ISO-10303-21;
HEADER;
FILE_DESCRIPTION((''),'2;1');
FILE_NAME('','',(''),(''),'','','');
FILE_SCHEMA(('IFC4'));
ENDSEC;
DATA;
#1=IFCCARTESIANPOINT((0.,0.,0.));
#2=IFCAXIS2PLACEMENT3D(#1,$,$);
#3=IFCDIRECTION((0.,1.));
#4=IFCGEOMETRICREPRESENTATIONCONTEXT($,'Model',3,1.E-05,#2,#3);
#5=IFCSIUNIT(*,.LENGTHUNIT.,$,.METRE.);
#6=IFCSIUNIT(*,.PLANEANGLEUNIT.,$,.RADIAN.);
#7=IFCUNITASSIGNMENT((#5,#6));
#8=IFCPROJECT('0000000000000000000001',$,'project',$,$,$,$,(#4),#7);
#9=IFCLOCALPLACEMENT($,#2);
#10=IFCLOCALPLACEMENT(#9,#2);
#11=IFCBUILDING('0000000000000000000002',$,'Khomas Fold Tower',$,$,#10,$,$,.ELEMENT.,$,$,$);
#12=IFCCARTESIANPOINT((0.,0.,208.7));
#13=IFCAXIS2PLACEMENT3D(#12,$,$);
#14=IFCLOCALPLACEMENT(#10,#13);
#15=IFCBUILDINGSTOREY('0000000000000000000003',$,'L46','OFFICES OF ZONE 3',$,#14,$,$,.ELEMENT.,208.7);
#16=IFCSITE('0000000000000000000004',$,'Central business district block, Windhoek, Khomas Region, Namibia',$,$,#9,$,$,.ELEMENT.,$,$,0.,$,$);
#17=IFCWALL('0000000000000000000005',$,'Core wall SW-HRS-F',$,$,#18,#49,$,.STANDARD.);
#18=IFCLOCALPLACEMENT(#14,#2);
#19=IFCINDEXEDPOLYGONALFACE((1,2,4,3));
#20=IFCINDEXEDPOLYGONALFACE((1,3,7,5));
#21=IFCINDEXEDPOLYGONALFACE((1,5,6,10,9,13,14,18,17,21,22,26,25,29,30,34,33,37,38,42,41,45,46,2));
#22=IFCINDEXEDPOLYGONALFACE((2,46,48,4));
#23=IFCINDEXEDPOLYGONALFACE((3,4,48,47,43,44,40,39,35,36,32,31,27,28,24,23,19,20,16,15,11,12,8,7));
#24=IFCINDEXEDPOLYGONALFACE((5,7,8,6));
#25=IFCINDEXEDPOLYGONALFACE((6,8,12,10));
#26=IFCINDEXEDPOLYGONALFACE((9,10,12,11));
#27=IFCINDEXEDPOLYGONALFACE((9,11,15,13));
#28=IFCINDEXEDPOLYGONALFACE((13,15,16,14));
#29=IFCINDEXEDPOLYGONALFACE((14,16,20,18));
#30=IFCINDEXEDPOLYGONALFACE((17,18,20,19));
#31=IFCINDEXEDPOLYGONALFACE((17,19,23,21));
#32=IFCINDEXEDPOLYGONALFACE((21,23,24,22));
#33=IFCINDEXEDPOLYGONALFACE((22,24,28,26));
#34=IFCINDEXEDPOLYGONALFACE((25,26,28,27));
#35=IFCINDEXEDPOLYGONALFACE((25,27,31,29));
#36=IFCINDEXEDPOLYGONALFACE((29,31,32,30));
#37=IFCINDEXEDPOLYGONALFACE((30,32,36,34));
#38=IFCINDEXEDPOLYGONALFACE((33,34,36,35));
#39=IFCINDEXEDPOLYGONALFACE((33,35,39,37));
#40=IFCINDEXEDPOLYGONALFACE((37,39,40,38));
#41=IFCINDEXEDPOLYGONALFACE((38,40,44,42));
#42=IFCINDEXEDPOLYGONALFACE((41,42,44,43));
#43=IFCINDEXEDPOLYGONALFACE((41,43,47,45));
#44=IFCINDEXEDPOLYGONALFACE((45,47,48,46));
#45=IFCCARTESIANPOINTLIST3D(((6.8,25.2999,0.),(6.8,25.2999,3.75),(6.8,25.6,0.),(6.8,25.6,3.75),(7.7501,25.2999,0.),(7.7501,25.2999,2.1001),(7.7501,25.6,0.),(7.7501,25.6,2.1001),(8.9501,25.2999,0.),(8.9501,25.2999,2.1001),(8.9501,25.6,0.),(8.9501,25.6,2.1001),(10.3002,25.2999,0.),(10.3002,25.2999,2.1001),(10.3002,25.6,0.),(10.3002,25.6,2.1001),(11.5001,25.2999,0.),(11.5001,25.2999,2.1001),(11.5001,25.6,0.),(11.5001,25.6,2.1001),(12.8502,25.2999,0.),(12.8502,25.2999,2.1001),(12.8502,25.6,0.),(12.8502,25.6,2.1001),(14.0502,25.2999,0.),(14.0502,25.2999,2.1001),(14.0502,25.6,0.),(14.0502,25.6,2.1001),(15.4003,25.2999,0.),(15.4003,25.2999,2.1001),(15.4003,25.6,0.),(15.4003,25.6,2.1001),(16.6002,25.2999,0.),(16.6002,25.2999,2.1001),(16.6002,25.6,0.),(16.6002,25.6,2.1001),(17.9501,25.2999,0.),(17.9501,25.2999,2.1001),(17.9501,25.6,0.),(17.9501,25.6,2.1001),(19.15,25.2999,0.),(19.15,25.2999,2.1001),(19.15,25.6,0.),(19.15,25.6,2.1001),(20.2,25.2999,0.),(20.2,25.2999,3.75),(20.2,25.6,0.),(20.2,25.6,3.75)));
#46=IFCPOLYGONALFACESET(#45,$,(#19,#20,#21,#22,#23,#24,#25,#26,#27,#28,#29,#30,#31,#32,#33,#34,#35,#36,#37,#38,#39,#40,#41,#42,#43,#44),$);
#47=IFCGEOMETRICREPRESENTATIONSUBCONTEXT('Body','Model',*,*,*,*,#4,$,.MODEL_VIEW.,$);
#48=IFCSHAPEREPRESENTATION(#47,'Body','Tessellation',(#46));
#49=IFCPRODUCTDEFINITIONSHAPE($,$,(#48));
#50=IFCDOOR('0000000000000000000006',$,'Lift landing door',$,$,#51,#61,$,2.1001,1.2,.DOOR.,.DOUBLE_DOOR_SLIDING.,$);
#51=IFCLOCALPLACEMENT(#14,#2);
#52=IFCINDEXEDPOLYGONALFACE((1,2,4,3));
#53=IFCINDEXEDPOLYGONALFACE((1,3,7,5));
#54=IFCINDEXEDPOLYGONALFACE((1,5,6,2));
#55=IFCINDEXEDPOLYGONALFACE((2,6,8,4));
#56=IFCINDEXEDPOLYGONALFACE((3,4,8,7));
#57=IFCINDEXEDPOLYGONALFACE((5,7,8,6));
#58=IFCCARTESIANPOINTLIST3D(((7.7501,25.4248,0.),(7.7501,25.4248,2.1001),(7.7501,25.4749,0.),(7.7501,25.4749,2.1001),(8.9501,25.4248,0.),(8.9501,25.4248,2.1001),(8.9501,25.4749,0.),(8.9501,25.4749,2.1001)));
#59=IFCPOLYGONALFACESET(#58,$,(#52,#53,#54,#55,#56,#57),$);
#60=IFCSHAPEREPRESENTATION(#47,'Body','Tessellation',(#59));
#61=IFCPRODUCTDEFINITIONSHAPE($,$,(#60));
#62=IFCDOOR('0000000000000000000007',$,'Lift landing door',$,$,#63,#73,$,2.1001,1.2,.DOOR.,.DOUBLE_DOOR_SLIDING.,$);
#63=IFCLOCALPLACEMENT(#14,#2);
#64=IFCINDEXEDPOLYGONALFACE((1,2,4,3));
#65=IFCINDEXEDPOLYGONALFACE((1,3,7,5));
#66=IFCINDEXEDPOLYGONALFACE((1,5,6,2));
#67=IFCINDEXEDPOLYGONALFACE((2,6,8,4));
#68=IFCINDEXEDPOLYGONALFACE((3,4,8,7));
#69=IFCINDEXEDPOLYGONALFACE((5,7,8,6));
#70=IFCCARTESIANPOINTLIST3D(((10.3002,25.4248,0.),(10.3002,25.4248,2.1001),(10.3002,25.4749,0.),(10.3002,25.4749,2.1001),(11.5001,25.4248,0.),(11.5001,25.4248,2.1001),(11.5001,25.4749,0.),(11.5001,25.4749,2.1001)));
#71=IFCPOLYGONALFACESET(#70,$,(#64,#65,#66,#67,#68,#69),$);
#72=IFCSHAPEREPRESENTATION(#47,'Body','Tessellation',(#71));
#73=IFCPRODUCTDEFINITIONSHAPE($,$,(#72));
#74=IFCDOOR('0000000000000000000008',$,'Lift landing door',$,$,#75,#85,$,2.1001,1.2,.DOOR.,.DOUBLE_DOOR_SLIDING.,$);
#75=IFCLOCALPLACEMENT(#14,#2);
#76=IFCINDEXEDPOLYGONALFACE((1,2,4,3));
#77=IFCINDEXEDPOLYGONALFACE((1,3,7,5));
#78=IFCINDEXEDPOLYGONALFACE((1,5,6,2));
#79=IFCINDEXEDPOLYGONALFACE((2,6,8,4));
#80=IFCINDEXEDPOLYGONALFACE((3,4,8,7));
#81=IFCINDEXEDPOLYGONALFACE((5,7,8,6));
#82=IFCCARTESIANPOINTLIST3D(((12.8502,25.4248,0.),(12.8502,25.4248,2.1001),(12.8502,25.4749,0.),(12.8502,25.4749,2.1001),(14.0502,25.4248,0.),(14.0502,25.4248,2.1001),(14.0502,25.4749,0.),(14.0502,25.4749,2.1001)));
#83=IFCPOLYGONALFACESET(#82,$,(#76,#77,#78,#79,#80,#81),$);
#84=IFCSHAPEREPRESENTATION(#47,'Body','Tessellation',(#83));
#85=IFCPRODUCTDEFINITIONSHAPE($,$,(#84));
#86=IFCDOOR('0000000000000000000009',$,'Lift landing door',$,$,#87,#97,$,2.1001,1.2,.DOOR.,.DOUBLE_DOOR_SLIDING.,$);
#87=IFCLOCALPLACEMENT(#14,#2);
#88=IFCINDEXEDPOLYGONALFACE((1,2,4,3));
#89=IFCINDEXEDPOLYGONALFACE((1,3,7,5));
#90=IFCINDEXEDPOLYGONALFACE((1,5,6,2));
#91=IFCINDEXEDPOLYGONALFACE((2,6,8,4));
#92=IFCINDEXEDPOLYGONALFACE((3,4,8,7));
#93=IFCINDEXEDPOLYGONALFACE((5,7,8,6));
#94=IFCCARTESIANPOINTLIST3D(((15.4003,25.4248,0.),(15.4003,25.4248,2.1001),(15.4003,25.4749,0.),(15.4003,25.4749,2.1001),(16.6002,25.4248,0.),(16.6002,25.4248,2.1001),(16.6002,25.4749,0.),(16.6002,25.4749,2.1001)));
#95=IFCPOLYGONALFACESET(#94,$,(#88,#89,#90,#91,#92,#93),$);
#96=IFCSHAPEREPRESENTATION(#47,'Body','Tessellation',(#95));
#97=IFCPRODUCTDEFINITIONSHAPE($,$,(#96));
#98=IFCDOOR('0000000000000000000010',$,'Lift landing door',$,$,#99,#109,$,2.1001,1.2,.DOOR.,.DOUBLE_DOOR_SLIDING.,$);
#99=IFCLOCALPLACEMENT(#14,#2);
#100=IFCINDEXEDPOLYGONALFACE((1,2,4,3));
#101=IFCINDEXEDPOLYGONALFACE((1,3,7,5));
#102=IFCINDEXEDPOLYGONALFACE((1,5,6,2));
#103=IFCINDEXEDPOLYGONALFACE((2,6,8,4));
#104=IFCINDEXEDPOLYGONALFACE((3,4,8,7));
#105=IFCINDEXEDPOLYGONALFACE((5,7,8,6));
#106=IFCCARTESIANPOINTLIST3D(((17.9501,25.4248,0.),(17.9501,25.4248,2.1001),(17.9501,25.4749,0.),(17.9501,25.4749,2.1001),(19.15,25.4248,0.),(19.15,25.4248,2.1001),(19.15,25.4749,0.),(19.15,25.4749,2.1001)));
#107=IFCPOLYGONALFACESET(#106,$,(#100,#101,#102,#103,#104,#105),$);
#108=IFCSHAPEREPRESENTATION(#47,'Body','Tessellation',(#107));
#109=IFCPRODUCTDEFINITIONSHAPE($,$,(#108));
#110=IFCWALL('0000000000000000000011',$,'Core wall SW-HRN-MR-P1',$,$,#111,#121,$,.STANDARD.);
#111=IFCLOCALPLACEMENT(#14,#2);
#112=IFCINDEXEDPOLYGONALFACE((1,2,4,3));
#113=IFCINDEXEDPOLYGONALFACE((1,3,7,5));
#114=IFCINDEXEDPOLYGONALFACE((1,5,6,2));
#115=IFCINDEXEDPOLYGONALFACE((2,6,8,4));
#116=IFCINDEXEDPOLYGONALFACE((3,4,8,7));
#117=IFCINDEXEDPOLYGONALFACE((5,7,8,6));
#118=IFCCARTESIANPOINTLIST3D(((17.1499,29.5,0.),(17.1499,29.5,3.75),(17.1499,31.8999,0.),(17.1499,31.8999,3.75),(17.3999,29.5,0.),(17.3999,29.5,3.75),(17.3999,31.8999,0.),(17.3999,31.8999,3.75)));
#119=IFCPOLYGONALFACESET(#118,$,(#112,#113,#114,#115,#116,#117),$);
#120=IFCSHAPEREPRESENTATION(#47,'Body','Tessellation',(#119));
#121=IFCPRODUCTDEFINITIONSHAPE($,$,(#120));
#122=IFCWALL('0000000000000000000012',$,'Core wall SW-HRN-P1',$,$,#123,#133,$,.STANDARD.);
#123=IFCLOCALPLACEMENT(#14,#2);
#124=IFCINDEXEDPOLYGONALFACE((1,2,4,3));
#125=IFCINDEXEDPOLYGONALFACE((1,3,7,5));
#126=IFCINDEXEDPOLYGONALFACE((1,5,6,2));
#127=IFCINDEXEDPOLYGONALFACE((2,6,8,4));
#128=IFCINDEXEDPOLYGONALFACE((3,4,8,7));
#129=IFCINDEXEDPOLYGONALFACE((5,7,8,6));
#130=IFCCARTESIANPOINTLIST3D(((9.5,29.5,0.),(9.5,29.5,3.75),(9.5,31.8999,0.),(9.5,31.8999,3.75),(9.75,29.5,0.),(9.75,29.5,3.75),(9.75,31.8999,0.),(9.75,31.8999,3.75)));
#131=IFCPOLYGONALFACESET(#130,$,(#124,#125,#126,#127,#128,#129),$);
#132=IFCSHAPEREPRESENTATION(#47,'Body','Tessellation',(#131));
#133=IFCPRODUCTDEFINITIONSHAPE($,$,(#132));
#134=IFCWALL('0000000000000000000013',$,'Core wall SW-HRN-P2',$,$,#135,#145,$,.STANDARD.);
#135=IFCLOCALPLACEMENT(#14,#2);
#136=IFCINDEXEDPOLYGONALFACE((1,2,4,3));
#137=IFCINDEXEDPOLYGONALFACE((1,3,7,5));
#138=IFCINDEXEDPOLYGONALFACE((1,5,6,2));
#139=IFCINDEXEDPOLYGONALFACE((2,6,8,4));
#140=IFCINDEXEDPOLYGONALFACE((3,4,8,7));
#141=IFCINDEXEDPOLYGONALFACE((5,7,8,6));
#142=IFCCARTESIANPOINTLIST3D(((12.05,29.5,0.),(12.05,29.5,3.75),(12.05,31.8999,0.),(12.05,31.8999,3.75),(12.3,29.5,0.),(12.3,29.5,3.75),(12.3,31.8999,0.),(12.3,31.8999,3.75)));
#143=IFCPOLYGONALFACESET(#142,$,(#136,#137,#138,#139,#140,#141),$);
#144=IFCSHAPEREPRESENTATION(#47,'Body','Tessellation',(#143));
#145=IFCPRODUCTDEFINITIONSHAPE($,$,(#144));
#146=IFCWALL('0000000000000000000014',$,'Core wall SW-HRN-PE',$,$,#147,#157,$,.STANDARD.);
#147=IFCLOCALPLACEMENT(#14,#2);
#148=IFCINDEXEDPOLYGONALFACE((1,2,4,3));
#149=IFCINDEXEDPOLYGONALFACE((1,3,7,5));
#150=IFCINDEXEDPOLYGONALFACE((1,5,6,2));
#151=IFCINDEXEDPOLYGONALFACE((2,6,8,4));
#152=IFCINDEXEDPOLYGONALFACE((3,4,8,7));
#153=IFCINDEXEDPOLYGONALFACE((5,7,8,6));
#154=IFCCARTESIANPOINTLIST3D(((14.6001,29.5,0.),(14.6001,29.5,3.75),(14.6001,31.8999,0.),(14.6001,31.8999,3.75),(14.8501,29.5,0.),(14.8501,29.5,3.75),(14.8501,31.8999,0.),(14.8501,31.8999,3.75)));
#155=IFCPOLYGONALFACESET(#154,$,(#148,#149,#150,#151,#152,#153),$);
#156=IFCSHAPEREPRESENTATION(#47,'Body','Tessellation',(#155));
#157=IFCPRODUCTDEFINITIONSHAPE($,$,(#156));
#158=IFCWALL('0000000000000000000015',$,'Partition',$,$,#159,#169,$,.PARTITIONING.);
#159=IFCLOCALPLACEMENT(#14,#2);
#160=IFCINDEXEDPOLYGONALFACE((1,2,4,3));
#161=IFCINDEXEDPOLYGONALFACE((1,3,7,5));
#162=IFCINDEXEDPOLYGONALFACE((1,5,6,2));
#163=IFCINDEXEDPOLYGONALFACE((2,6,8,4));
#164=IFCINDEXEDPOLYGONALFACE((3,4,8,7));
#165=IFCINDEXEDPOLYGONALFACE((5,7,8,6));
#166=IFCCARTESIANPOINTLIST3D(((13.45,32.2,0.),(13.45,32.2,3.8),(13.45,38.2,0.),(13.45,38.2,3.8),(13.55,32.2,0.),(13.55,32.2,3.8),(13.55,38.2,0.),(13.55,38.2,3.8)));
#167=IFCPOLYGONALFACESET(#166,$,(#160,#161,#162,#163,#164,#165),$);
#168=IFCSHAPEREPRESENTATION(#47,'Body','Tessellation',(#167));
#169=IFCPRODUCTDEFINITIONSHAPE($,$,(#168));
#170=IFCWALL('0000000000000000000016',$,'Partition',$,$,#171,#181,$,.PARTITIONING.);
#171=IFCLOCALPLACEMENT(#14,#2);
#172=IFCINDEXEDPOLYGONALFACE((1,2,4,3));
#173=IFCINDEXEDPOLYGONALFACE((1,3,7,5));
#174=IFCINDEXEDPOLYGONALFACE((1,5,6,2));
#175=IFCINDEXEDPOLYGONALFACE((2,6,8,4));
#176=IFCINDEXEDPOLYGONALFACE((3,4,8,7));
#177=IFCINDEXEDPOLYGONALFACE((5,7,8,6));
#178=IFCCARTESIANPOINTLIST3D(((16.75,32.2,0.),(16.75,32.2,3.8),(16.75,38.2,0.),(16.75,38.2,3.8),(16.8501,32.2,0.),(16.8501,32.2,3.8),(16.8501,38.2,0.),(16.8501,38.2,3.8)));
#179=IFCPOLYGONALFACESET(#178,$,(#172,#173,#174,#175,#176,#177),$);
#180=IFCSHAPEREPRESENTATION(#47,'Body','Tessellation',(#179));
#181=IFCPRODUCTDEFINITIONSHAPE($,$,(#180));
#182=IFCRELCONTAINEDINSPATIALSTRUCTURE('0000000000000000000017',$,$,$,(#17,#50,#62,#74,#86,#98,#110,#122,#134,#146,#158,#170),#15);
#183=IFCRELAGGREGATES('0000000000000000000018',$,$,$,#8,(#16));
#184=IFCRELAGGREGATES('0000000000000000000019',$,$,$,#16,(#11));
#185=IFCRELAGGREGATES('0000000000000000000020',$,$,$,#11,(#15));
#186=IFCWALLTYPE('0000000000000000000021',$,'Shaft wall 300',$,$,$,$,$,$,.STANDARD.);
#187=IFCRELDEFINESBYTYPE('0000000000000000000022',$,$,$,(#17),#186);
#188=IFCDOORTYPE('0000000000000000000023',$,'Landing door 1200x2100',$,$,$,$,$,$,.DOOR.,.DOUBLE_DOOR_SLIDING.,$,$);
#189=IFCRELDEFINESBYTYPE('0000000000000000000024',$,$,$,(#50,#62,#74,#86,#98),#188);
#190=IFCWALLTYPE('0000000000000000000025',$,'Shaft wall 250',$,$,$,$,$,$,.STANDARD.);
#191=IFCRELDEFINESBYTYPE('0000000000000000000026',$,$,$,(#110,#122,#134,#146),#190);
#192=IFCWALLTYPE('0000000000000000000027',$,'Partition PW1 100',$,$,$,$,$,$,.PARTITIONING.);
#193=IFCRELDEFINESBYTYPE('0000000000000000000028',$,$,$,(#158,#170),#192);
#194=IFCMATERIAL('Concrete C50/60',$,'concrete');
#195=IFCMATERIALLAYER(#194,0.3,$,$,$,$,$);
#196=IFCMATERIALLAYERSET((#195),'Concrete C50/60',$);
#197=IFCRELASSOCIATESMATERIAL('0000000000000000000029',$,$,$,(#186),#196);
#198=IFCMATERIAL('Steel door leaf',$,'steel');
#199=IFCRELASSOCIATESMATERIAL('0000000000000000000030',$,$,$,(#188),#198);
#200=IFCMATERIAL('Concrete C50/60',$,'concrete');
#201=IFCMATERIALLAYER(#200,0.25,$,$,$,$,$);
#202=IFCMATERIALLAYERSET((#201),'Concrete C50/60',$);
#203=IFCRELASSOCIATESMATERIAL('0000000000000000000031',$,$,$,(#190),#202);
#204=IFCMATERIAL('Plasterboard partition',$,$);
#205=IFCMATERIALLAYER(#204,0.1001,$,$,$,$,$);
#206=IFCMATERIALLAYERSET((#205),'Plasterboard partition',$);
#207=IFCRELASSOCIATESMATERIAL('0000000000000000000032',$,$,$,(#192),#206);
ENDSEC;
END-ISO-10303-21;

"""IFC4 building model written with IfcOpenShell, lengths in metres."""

from ifc_helpers import new_model, si_unit, direction, frame, frame_2d, origin, place, context, subcontext, project, spatial, rectangle, extrude, source, transform, mapped, material, layer, layer_set, type_object, element, fill, save


model = new_model("IFC4")

# Units and contexts
model_context = context("Model", 3, precision=1e-05, world=origin(), true_north=direction((0.0, 1.0)))
body_context = subcontext(model_context, "Body", "Model", "MODEL_VIEW")
ifc_project = project(units=[si_unit("LENGTHUNIT", "METRE"), si_unit("PLANEANGLEUNIT", "RADIAN")], contexts=[model_context])

# Site, building, storey
site_placement = place(None, origin())
site = spatial("IfcSite", under=ifc_project, at=site_placement, Name="Central business district block, Windhoek, Khomas Region, Namibia", CompositionType="ELEMENT", RefElevation=0.0)
building_placement = place(site_placement, origin())
building = spatial("IfcBuilding", under=site, at=building_placement, Name="Khomas Fold Tower", CompositionType="ELEMENT")
storey_placement = place(building_placement, frame((0.0, 0.0, 208.7)))
storey = spatial("IfcBuildingStorey", under=building, at=storey_placement, Name="L46", Description="OFFICES OF ZONE 3", CompositionType="ELEMENT", Elevation=208.7)

# Shared definitions
ifc_material_1 = material(Name="Concrete C50/60", Category="concrete")
ifc_layer_1 = layer(ifc_material_1, 0.3)
ifc_layer_set_1 = layer_set([ifc_layer_1], Name="Concrete C50/60")
wall_type_1 = type_object("IfcWallType", Name="Shaft wall 300", PredefinedType="STANDARD", material=ifc_layer_set_1)
shared_shape_1 = source(origin(), body_context, "Body", "SweptSolid", [
    extrude(rectangle(XDim=13.3999, YDim=0.3, at=frame_2d((6.7, 0.0))), origin(), (0.0, 0.0, 1.0), 3.75),
])

# Wall, openings, doors
shared_shape_2 = source(origin(), body_context, "Body", "SweptSolid", [
    extrude(rectangle(XDim=1.2, YDim=2.1001, at=frame_2d((0.6001, 1.05))), frame((0.0, 0.1599, 0.0), z_axis=(0.0, -1.0, 0.0), x_axis=(1.0, 0.0, 0.0)), (0.0, 0.0, 1.0), 0.3201),
])
ifc_material_2 = material(Name="Steel door leaf", Category="steel")
door_type_1 = type_object("IfcDoorType", Name="Landing door 1200x2100", OperationType="DOUBLE_DOOR_SLIDING", PredefinedType="DOOR", material=ifc_material_2)
shared_shape_3 = source(origin(), body_context, "Body", "SweptSolid", [
    extrude(rectangle(XDim=1.2, YDim=2.1001, at=frame_2d((0.6001, 1.05))), frame((0.0, 0.0249, 0.0), z_axis=(0.0, -1.0, 0.0), x_axis=(1.0, 0.0, 0.0)), (0.0, 0.0, 1.0), 0.05),
])
wall_1_placement = place(storey_placement, frame((6.8, 25.45, 0.0), z_axis=(0.0, 0.0, 1.0), x_axis=(1.0, 0.0, 0.0)))
wall_1 = element("IfcWall", 1, at=wall_1_placement, inside=storey, type_object=wall_type_1, Name="Core wall SW-HRS-F", PredefinedType="STANDARD", context=body_context, shape_type="MappedRepresentation", body=[
    mapped(shared_shape_1, transform((0.0, 0.0, 0.0))),
])
opening_1_placement = place(wall_1_placement, frame((0.95, 0.0, 0.0)))
opening_1 = element("IfcOpeningElement", 2, at=opening_1_placement, cuts=wall_1, PredefinedType="OPENING", context=body_context, shape_type="MappedRepresentation", body=[
    mapped(shared_shape_2, transform((0.0, 0.0, 0.0))),
])
opening_2_placement = place(wall_1_placement, frame((3.5, 0.0, 0.0)))
opening_2 = element("IfcOpeningElement", 3, at=opening_2_placement, cuts=wall_1, PredefinedType="OPENING", context=body_context, shape_type="MappedRepresentation", body=[
    mapped(shared_shape_2, transform((0.0, 0.0, 0.0))),
])
opening_3_placement = place(wall_1_placement, frame((6.05, 0.0, 0.0)))
opening_3 = element("IfcOpeningElement", 4, at=opening_3_placement, cuts=wall_1, PredefinedType="OPENING", context=body_context, shape_type="MappedRepresentation", body=[
    mapped(shared_shape_2, transform((0.0, 0.0, 0.0))),
])
opening_4_placement = place(wall_1_placement, frame((8.6001, 0.0, 0.0)))
opening_4 = element("IfcOpeningElement", 5, at=opening_4_placement, cuts=wall_1, PredefinedType="OPENING", context=body_context, shape_type="MappedRepresentation", body=[
    mapped(shared_shape_2, transform((0.0, 0.0, 0.0))),
])
opening_5_placement = place(wall_1_placement, frame((11.1499, 0.0, 0.0)))
opening_5 = element("IfcOpeningElement", 6, at=opening_5_placement, cuts=wall_1, PredefinedType="OPENING", context=body_context, shape_type="MappedRepresentation", body=[
    mapped(shared_shape_2, transform((0.0, 0.0, 0.0))),
])
door_1_placement = place(opening_1_placement, origin())
door_1 = element("IfcDoor", 7, at=door_1_placement, inside=storey, type_object=door_type_1, Name="Lift landing door", OperationType="DOUBLE_DOOR_SLIDING", OverallHeight=2.1001, OverallWidth=1.2, PredefinedType="DOOR", context=body_context, shape_type="MappedRepresentation", body=[
    mapped(shared_shape_3, transform((0.0, 0.0, 0.0))),
])
fill(opening_1, door_1)
door_2_placement = place(opening_2_placement, origin())
door_2 = element("IfcDoor", 8, at=door_2_placement, inside=storey, type_object=door_type_1, Name="Lift landing door", OperationType="DOUBLE_DOOR_SLIDING", OverallHeight=2.1001, OverallWidth=1.2, PredefinedType="DOOR", context=body_context, shape_type="MappedRepresentation", body=[
    mapped(shared_shape_3, transform((0.0, 0.0, 0.0))),
])
fill(opening_2, door_2)
door_3_placement = place(opening_3_placement, origin())
door_3 = element("IfcDoor", 9, at=door_3_placement, inside=storey, type_object=door_type_1, Name="Lift landing door", OperationType="DOUBLE_DOOR_SLIDING", OverallHeight=2.1001, OverallWidth=1.2, PredefinedType="DOOR", context=body_context, shape_type="MappedRepresentation", body=[
    mapped(shared_shape_3, transform((0.0, 0.0, 0.0))),
])
fill(opening_3, door_3)
door_4_placement = place(opening_4_placement, origin())
door_4 = element("IfcDoor", 10, at=door_4_placement, inside=storey, type_object=door_type_1, Name="Lift landing door", OperationType="DOUBLE_DOOR_SLIDING", OverallHeight=2.1001, OverallWidth=1.2, PredefinedType="DOOR", context=body_context, shape_type="MappedRepresentation", body=[
    mapped(shared_shape_3, transform((0.0, 0.0, 0.0))),
])
fill(opening_4, door_4)
door_5_placement = place(opening_5_placement, origin())
door_5 = element("IfcDoor", 11, at=door_5_placement, inside=storey, type_object=door_type_1, Name="Lift landing door", OperationType="DOUBLE_DOOR_SLIDING", OverallHeight=2.1001, OverallWidth=1.2, PredefinedType="DOOR", context=body_context, shape_type="MappedRepresentation", body=[
    mapped(shared_shape_3, transform((0.0, 0.0, 0.0))),
])
fill(opening_5, door_5)

# Walls
ifc_material_3 = material(Name="Concrete C50/60", Category="concrete")
ifc_layer_2 = layer(ifc_material_3, 0.25)
ifc_layer_set_2 = layer_set([ifc_layer_2], Name="Concrete C50/60")
wall_type_2 = type_object("IfcWallType", Name="Shaft wall 250", PredefinedType="STANDARD", material=ifc_layer_set_2)
shared_shape_4 = source(origin(), body_context, "Body", "SweptSolid", [
    extrude(rectangle(XDim=2.3999, YDim=0.25, at=frame_2d((1.2, 0.0))), origin(), (0.0, 0.0, 1.0), 3.75),
])
for number, where, z_axis, x_axis, name in (
    (12, (17.2749, 29.5, 0.0), (0.0, 0.0, 1.0), (0.0, 1.0, 0.0), "Core wall SW-HRN-MR-P1"),
    (13, (9.625, 29.5, 0.0), (0.0, 0.0, 1.0), (0.0, 1.0, 0.0), "Core wall SW-HRN-P1"),
    (14, (12.175, 29.5, 0.0), (0.0, 0.0, 1.0), (0.0, 1.0, 0.0), "Core wall SW-HRN-P2"),
    (15, (14.7251, 29.5, 0.0), (0.0, 0.0, 1.0), (0.0, 1.0, 0.0), "Core wall SW-HRN-PE"),
):
    element("IfcWall", number, at=place(storey_placement, frame(where, z_axis=z_axis, x_axis=x_axis)), inside=storey, type_object=wall_type_2, Name=name, PredefinedType="STANDARD", context=body_context, shape_type="MappedRepresentation", body=[
        mapped(shared_shape_4, transform((0.0, 0.0, 0.0))),
    ])
ifc_material_4 = material(Name="Plasterboard partition")
ifc_layer_3 = layer(ifc_material_4, 0.1001)
ifc_layer_set_3 = layer_set([ifc_layer_3], Name="Plasterboard partition")
wall_type_3 = type_object("IfcWallType", Name="Partition PW1 100", PredefinedType="PARTITIONING", material=ifc_layer_set_3)
shared_shape_5 = source(origin(), body_context, "Body", "SweptSolid", [
    extrude(rectangle(XDim=6.0, YDim=0.1001, at=frame_2d((3.0, 0.0))), origin(), (0.0, 0.0, 1.0), 3.8),
])
for number, where, z_axis, x_axis, name in (
    (16, (13.5, 32.2, 0.0), (0.0, 0.0, 1.0), (0.0, 1.0, 0.0), "Partition"),
    (17, (16.8, 32.2, 0.0), (0.0, 0.0, 1.0), (0.0, 1.0, 0.0), "Partition"),
):
    element("IfcWall", number, at=place(storey_placement, frame(where, z_axis=z_axis, x_axis=x_axis)), inside=storey, type_object=wall_type_3, Name=name, PredefinedType="PARTITIONING", context=body_context, shape_type="MappedRepresentation", body=[
        mapped(shared_shape_5, transform((0.0, 0.0, 0.0))),
    ])

save(model, "model.ifc")
